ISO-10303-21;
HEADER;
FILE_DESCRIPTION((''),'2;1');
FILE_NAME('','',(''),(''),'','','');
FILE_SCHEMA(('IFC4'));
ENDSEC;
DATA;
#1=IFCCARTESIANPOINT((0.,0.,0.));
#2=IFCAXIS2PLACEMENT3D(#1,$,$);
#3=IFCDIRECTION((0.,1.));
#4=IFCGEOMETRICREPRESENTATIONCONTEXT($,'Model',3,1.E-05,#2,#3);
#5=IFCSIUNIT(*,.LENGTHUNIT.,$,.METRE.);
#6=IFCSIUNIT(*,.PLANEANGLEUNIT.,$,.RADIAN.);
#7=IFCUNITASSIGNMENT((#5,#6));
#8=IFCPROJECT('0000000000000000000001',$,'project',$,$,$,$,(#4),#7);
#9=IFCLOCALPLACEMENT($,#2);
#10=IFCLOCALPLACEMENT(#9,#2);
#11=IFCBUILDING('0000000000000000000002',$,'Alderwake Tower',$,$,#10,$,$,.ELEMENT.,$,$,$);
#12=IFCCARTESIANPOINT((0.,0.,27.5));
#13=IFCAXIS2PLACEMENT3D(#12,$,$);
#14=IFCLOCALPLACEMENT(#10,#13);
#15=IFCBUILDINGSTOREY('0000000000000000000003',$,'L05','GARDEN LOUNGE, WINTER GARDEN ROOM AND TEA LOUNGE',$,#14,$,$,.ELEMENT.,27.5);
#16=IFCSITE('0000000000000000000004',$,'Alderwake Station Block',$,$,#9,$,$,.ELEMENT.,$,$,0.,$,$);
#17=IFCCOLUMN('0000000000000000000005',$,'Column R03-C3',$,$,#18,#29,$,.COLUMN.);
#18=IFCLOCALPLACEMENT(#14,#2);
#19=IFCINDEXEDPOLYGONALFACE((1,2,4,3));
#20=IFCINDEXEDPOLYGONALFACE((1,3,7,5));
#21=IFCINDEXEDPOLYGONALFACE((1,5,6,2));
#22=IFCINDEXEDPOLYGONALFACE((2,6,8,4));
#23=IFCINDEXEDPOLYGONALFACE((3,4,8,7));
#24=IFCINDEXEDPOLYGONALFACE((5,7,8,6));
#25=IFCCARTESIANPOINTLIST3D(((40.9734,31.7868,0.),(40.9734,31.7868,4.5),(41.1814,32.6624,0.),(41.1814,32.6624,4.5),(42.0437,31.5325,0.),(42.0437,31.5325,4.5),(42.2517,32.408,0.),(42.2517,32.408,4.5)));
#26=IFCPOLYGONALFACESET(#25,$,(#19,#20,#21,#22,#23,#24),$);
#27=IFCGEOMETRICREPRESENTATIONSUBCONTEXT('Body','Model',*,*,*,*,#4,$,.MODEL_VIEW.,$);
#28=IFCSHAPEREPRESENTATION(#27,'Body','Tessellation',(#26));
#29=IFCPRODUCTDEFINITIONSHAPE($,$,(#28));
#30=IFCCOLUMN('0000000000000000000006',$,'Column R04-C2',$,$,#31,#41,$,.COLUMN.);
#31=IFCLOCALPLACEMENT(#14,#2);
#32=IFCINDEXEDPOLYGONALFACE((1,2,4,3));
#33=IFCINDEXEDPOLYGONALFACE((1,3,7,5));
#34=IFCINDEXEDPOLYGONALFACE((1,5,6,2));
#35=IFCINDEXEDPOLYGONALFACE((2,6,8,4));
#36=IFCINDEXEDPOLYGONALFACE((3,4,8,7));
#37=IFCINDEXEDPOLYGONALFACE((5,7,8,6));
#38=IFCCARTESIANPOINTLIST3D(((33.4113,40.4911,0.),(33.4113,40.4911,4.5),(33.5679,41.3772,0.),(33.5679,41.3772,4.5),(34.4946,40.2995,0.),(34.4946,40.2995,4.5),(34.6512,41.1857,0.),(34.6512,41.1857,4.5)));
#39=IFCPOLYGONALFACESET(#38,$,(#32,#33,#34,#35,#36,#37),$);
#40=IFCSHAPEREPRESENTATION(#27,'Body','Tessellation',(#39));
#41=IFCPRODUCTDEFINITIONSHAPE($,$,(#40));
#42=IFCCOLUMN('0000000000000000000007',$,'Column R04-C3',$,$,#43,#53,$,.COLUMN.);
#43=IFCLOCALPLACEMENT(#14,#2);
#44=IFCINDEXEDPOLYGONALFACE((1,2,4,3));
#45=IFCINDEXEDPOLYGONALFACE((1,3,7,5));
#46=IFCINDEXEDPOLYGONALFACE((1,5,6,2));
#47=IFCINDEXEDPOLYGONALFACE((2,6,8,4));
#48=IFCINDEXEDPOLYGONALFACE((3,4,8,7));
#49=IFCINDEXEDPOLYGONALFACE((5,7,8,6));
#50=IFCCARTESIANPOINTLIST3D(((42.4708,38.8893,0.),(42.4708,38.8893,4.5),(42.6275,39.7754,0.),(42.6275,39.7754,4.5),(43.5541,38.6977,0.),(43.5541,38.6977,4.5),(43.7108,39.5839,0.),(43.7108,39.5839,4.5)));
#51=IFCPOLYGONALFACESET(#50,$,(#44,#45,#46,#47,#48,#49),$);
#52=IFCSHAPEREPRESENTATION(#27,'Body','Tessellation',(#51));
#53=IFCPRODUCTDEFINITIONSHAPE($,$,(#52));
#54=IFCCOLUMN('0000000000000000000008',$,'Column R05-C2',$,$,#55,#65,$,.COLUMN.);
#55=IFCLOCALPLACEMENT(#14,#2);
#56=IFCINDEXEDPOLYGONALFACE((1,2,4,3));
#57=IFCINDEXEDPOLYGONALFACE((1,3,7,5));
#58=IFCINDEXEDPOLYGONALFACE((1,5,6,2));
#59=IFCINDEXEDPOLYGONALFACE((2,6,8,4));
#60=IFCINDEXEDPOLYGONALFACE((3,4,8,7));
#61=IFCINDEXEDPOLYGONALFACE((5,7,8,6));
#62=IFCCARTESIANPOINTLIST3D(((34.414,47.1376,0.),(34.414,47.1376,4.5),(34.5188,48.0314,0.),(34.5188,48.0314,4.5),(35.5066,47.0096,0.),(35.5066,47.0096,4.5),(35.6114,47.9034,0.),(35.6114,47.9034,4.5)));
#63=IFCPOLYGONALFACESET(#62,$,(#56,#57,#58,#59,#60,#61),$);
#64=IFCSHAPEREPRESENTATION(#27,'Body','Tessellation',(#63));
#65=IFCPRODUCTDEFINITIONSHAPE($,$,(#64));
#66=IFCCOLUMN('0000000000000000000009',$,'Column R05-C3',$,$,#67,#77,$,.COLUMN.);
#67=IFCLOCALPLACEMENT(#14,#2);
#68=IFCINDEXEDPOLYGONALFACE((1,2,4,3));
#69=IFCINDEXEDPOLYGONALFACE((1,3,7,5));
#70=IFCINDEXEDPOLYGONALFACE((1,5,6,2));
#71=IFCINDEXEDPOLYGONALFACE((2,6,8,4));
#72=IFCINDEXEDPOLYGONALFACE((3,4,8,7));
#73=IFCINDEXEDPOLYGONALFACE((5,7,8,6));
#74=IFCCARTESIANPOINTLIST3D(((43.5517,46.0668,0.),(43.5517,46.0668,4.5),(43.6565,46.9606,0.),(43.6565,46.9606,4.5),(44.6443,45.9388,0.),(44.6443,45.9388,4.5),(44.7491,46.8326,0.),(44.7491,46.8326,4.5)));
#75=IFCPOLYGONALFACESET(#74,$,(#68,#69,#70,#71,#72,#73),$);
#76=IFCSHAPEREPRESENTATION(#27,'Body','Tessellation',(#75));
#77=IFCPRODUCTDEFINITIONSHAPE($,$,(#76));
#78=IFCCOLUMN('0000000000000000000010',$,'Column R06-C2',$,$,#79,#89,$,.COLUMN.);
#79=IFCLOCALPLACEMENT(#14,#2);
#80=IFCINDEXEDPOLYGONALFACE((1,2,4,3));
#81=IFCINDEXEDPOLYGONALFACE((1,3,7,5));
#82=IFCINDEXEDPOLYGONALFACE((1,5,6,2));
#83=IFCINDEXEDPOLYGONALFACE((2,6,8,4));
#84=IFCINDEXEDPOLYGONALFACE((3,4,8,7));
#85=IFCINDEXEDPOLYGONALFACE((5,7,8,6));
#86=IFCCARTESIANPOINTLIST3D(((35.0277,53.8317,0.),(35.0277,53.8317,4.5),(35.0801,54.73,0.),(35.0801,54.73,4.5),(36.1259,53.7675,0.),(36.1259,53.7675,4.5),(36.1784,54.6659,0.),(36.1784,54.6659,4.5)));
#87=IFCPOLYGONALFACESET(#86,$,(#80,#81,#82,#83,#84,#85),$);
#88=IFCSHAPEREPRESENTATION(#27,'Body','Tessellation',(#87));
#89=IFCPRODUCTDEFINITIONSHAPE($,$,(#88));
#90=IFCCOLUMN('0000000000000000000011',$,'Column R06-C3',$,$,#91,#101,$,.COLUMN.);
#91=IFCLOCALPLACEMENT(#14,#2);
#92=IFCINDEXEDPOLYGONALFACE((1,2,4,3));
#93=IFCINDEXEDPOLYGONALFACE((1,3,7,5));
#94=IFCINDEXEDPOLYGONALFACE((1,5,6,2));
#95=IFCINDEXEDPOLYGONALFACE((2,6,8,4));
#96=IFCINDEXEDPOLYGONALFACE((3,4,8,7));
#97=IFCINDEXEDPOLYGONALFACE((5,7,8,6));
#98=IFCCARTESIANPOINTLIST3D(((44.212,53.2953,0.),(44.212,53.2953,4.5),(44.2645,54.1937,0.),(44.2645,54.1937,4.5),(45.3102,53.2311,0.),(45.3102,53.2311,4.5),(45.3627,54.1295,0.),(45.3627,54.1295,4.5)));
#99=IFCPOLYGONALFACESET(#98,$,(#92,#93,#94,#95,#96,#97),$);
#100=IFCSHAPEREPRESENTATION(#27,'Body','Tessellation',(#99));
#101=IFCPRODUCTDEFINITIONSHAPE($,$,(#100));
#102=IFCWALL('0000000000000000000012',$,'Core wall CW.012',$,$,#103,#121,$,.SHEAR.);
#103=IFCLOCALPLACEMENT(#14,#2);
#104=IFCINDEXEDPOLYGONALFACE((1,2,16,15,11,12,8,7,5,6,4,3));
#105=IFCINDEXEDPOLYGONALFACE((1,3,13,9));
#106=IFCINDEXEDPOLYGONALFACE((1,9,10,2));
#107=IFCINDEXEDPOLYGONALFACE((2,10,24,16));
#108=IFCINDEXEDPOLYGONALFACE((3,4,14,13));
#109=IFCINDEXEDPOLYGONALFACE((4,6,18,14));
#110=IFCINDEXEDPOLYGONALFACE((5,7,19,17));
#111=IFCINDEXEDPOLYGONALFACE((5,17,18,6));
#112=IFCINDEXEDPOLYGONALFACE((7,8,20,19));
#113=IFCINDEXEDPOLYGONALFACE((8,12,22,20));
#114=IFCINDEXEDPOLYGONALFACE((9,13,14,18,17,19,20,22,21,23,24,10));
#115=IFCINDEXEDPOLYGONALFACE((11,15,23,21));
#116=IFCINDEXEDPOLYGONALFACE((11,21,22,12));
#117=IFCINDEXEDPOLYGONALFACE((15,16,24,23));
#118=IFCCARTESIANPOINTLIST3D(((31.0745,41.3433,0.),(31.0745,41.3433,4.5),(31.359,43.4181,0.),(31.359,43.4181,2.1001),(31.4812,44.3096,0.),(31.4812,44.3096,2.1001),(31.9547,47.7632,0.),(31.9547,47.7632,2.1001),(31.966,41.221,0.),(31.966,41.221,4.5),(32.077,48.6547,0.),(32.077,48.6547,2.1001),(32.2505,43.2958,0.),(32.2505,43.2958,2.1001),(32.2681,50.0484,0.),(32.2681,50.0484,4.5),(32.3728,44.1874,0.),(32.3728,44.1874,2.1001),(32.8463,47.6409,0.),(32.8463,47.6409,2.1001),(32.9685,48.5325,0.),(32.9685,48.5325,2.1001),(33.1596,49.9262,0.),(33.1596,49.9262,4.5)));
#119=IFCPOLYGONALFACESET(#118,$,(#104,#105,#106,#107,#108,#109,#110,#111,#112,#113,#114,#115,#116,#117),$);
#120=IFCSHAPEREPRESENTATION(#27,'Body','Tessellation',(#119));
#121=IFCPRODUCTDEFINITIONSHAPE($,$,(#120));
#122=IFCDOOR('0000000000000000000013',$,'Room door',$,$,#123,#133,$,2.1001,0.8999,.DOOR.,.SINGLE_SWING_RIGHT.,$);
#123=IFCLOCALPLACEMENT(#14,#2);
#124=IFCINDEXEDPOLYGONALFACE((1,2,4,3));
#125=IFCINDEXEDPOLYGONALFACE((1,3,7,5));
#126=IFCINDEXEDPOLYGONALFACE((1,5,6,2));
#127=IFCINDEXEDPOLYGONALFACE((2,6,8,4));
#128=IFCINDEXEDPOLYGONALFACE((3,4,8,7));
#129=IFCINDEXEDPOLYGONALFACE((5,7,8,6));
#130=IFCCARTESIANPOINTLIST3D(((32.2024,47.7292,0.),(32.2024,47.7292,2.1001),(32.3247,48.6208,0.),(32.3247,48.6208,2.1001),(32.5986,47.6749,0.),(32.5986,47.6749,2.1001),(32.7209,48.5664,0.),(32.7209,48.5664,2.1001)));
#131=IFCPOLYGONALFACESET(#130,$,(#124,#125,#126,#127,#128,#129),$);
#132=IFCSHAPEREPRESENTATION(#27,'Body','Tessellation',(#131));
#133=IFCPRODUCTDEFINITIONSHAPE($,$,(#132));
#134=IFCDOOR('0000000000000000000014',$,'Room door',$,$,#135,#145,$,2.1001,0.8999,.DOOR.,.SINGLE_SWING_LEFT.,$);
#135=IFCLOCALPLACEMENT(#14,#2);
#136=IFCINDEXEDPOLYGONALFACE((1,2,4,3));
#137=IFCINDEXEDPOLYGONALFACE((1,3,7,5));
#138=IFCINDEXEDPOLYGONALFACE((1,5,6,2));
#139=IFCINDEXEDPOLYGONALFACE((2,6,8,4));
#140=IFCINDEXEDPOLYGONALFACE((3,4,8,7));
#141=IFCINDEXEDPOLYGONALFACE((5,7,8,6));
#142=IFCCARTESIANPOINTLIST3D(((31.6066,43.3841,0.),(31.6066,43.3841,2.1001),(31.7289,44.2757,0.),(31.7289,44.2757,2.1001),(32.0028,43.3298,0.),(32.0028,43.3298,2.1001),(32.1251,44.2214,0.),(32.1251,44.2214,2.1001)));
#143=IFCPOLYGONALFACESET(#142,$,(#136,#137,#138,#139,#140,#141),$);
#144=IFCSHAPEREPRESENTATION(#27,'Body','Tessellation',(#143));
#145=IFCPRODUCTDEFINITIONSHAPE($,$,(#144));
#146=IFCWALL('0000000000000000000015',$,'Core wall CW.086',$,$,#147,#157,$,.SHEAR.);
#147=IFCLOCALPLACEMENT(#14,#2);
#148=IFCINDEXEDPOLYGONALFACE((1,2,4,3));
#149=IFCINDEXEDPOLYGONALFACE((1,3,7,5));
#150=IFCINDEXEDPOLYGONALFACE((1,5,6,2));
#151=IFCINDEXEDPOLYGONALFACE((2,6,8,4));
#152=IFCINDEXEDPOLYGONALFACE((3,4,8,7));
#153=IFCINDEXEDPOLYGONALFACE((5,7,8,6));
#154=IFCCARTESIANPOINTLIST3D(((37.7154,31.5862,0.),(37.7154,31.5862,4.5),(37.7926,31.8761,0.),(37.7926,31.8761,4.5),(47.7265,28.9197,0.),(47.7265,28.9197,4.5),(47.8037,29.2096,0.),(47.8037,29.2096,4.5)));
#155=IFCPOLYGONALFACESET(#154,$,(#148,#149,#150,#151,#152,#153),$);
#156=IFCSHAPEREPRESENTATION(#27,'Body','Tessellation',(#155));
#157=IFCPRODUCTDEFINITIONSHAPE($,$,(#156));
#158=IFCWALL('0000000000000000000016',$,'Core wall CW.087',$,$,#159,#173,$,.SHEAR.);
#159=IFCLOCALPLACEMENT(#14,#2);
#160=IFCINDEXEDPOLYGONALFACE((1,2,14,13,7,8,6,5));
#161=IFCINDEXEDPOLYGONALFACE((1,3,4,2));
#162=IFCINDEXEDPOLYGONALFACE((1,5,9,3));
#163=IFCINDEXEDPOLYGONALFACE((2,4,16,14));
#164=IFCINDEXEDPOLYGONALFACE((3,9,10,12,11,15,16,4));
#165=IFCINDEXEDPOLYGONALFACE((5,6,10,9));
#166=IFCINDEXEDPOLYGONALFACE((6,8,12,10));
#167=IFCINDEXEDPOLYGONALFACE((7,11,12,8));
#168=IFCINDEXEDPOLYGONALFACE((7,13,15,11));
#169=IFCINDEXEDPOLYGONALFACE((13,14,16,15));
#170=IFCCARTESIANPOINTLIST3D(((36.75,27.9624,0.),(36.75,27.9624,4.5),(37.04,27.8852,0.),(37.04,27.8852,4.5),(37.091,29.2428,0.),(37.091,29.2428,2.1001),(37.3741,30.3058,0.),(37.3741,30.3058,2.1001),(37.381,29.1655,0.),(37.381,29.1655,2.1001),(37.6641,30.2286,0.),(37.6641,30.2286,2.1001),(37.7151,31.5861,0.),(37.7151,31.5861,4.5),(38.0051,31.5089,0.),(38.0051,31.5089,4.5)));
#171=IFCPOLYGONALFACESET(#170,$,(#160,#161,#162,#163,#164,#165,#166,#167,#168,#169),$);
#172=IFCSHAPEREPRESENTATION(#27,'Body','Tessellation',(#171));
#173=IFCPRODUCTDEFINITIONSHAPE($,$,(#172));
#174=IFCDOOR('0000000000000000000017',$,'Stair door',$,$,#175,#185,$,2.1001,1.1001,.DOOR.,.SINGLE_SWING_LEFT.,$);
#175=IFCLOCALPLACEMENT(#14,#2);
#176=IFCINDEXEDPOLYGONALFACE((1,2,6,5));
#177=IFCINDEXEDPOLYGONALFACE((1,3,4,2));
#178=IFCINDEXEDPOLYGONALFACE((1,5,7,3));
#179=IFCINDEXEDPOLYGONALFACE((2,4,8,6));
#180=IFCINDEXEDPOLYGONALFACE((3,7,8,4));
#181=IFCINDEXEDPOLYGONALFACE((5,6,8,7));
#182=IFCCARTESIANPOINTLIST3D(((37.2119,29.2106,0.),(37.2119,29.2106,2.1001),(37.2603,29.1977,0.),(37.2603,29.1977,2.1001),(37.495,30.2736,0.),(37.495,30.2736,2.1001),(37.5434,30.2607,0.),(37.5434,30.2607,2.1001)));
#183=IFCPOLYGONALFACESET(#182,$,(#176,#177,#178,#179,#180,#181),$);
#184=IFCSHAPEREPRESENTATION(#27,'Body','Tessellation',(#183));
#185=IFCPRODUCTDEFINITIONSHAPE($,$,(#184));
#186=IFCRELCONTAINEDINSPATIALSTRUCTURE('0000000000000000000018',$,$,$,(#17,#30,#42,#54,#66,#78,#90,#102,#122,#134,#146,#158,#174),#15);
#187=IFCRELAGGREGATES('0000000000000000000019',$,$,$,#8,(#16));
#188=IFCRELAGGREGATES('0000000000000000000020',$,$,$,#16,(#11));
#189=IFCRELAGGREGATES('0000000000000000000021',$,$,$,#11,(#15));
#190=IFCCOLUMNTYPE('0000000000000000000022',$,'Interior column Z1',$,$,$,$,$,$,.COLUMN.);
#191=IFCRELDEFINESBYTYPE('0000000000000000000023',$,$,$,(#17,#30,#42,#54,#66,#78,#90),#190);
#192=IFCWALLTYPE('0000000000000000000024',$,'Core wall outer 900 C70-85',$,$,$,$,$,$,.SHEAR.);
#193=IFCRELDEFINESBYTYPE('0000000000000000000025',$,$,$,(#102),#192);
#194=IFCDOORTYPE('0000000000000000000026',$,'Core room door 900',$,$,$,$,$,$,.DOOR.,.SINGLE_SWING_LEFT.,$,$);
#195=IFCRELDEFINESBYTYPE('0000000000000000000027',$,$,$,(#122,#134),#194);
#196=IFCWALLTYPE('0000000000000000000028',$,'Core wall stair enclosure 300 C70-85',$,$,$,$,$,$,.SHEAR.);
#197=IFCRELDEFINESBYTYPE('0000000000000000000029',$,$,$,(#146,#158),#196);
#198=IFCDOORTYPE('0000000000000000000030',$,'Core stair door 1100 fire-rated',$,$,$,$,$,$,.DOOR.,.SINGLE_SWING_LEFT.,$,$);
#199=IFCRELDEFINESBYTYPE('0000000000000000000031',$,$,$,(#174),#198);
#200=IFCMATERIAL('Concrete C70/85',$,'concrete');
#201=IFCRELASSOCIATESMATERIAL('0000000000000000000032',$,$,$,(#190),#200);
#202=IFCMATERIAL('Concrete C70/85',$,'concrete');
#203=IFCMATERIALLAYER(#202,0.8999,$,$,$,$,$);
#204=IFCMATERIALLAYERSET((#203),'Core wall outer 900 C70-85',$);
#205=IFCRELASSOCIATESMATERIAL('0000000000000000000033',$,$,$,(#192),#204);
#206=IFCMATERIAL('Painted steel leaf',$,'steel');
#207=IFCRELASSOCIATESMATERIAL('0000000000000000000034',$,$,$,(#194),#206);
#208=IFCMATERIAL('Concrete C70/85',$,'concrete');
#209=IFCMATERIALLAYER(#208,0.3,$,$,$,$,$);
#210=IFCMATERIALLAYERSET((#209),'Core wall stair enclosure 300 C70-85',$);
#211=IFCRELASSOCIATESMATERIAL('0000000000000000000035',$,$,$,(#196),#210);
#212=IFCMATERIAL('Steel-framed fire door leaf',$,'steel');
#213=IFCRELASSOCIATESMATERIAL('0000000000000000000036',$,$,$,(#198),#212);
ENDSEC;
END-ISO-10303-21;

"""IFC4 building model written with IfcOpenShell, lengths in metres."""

from ifc_helpers import new_model, si_unit, direction, frame, frame_2d, origin, origin_2d, place, context, subcontext, project, spatial, rectangle, extrude, material, layer, layer_set, material_profile, profile_set, type_object, element, fill, save


model = new_model("IFC4")

# Units and contexts
model_context = context("Model", 3, precision=1e-05, world=origin(), true_north=direction((0.0, 1.0)))
body_context = subcontext(model_context, "Body", "Model", "MODEL_VIEW")
ifc_project = project(units=[si_unit("LENGTHUNIT", "METRE"), si_unit("PLANEANGLEUNIT", "RADIAN")], contexts=[model_context])

# Site, building, storey
site_placement = place(None, origin())
site = spatial("IfcSite", under=ifc_project, at=site_placement, Name="Alderwake Station Block", CompositionType="ELEMENT", RefElevation=0.0)
building_placement = place(site_placement, origin())
building = spatial("IfcBuilding", under=site, at=building_placement, Name="Alderwake Tower", CompositionType="ELEMENT")
storey_placement = place(building_placement, frame((0.0, 0.0, 27.5)))
storey = spatial("IfcBuildingStorey", under=building, at=storey_placement, Name="L05", Description="GARDEN LOUNGE, WINTER GARDEN ROOM AND TEA LOUNGE", CompositionType="ELEMENT", Elevation=27.5)

# Columns
ifc_material_1 = material(Name="Concrete C70/85", Category="concrete")
ifc_material_profile = material_profile(ifc_material_1, rectangle(XDim=0.8999, YDim=1.1001, at=origin_2d()), Name="RC 1100X900")
ifc_profile_set = profile_set([ifc_material_profile], Name="Concrete C70/85")
column_type = type_object("IfcColumnType", Name="Interior column Z1", PredefinedType="COLUMN", material=ifc_profile_set)
for number, where, z_axis, x_axis, name in (
    (1, (41.6125, 32.0974, 0.0), (0.0, 0.0, 1.0), (0.231222, 0.972901, 0.0), "Column R03-C3"),
    (2, (34.0312, 40.8384, 0.0), (0.0, 0.0, 1.0), (0.174109, 0.984726, 0.0), "Column R04-C2"),
    (3, (43.0908, 39.2366, 0.0), (0.0, 0.0, 1.0), (0.174109, 0.984726, 0.0), "Column R04-C3"),
    (4, (35.0127, 47.5205, 0.0), (0.0, 0.0, 1.0), (0.116402, 0.993202, 0.0), "Column R05-C2"),
    (5, (44.1504, 46.4497, 0.0), (0.0, 0.0, 1.0), (0.116402, 0.993202, 0.0), "Column R05-C3"),
    (6, (35.603, 54.2488, 0.0), (0.0, 0.0, 1.0), (0.058301, 0.998299, 0.0), "Column R06-C2"),
    (7, (44.7874, 53.7124, 0.0), (0.0, 0.0, 1.0), (0.058299, 0.998299, 0.0), "Column R06-C3"),
):
    element("IfcColumn", number, at=place(storey_placement, frame(where, z_axis=z_axis, x_axis=x_axis)), inside=storey, type_object=column_type, Name=name, PredefinedType="COLUMN", context=body_context, shape_type="SweptSolid", body=[
        extrude(rectangle(XDim=0.8999, YDim=1.1001, at=origin_2d()), origin(), (0.0, 0.0, 1.0), 4.5),
    ])

# Wall, openings, doors
ifc_material_2 = material(Name="Concrete C70/85", Category="concrete")
ifc_layer_1 = layer(ifc_material_2, 0.8999)
ifc_layer_set_1 = layer_set([ifc_layer_1], Name="Core wall outer 900 C70-85")
wall_type_1 = type_object("IfcWallType", Name="Core wall outer 900 C70-85", PredefinedType="SHEAR", material=ifc_layer_set_1)
wall_1_placement = place(storey_placement, frame((32.7139, 49.9873, 0.0), z_axis=(0.0, 0.0, 1.0), x_axis=(-0.135845, -0.99073, 0.0)))
wall_1 = element("IfcWall", 8, at=wall_1_placement, inside=storey, type_object=wall_type_1, Name="Core wall CW.012", PredefinedType="SHEAR", context=body_context, shape_type="SweptSolid", body=[
    extrude(rectangle(XDim=8.7866, YDim=0.8999, at=frame_2d((4.3933, 0.0))), origin(), (0.0, 0.0, 1.0), 4.5),
])
opening_1_placement = place(wall_1_placement, frame((1.4067, 0.0, 0.0)))
opening_1 = element("IfcOpeningElement", 9, at=opening_1_placement, cuts=wall_1, PredefinedType="OPENING", context=body_context, shape_type="SweptSolid", body=[
    extrude(rectangle(XDim=0.8999, YDim=2.1001, at=frame_2d((0.45, 1.05))), frame((0.0, 0.46, 0.0), z_axis=(0.0, -1.0, 0.0), x_axis=(1.0, 0.0, 0.0)), (0.0, 0.0, 1.0), 0.9199),
])
opening_2_placement = place(wall_1_placement, frame((5.7925, 0.0, 0.0)))
opening_2 = element("IfcOpeningElement", 10, at=opening_2_placement, cuts=wall_1, PredefinedType="OPENING", context=body_context, shape_type="SweptSolid", body=[
    extrude(rectangle(XDim=0.8999, YDim=2.1001, at=frame_2d((0.45, 1.05))), frame((0.0, 0.46, 0.0), z_axis=(0.0, -1.0, 0.0), x_axis=(1.0, 0.0, 0.0)), (0.0, 0.0, 1.0), 0.9199),
])
ifc_material_3 = material(Name="Painted steel leaf", Category="steel")
door_type_1 = type_object("IfcDoorType", Name="Core room door 900", OperationType="SINGLE_SWING_LEFT", PredefinedType="DOOR", material=ifc_material_3)
door_1_placement = place(opening_1_placement, origin())
door_1 = element("IfcDoor", 11, at=door_1_placement, inside=storey, type_object=door_type_1, Name="Room door", OperationType="SINGLE_SWING_RIGHT", OverallHeight=2.1001, OverallWidth=0.8999, PredefinedType="DOOR", context=body_context, shape_type="SweptSolid", body=[
    extrude(rectangle(XDim=0.8999, YDim=2.1001, at=frame_2d((0.45, 1.05))), frame((0.0, 0.2, 0.0), z_axis=(0.0, -1.0, 0.0), x_axis=(1.0, 0.0, 0.0)), (0.0, 0.0, 1.0), 0.3999),
])
fill(opening_1, door_1)
door_2_placement = place(opening_2_placement, origin())
door_2 = element("IfcDoor", 12, at=door_2_placement, inside=storey, type_object=door_type_1, Name="Room door", OperationType="SINGLE_SWING_LEFT", OverallHeight=2.1001, OverallWidth=0.8999, PredefinedType="DOOR", context=body_context, shape_type="SweptSolid", body=[
    extrude(rectangle(XDim=0.8999, YDim=2.1001, at=frame_2d((0.45, 1.05))), frame((0.0, 0.2, 0.0), z_axis=(0.0, -1.0, 0.0), x_axis=(1.0, 0.0, 0.0)), (0.0, 0.0, 1.0), 0.3999),
])
fill(opening_2, door_2)

# Wall
ifc_material_4 = material(Name="Concrete C70/85", Category="concrete")
ifc_layer_2 = layer(ifc_material_4, 0.3)
ifc_layer_set_2 = layer_set([ifc_layer_2], Name="Core wall stair enclosure 300 C70-85")
wall_type_2 = type_object("IfcWallType", Name="Core wall stair enclosure 300 C70-85", PredefinedType="SHEAR", material=ifc_layer_set_2)
wall_2_placement = place(storey_placement, frame((37.7539, 31.7312, 0.0), z_axis=(0.0, 0.0, 1.0), x_axis=(0.966309, -0.257384, 0.0)))
element("IfcWall", 13, at=wall_2_placement, inside=storey, type_object=wall_type_2, Name="Core wall CW.086", PredefinedType="SHEAR", context=body_context, shape_type="SweptSolid", body=[
    extrude(rectangle(XDim=10.3601, YDim=0.3, at=frame_2d((5.1802, 0.0))), origin(), (0.0, 0.0, 1.0), 4.5),
])

# Wall, opening, door
wall_3_placement = place(storey_placement, frame((36.895, 27.9238, 0.0), z_axis=(0.0, 0.0, 1.0), x_axis=(0.257351, 0.966318, 0.0)))
wall_3 = element("IfcWall", 14, at=wall_3_placement, inside=storey, type_object=wall_type_2, Name="Core wall CW.087", PredefinedType="SHEAR", context=body_context, shape_type="SweptSolid", body=[
    extrude(rectangle(XDim=3.75, YDim=0.3, at=frame_2d((1.875, 0.0))), origin(), (0.0, 0.0, 1.0), 4.5),
])
opening_3_placement = place(wall_3_placement, frame((1.325, 0.0, 0.0)))
opening_3 = element("IfcOpeningElement", 15, at=opening_3_placement, cuts=wall_3, PredefinedType="OPENING", context=body_context, shape_type="SweptSolid", body=[
    extrude(rectangle(XDim=1.1001, YDim=2.1001, at=frame_2d((0.55, 1.05))), frame((0.0, 0.1599, 0.0), z_axis=(0.0, -1.0, 0.0), x_axis=(1.0, 0.0, 0.0)), (0.0, 0.0, 1.0), 0.3201),
])
ifc_material_5 = material(Name="Steel-framed fire door leaf", Category="steel")
door_type_2 = type_object("IfcDoorType", Name="Core stair door 1100 fire-rated", OperationType="SINGLE_SWING_LEFT", PredefinedType="DOOR", material=ifc_material_5)
door_3_placement = place(opening_3_placement, origin())
door_3 = element("IfcDoor", 16, at=door_3_placement, inside=storey, type_object=door_type_2, Name="Stair door", OperationType="SINGLE_SWING_LEFT", OverallHeight=2.1001, OverallWidth=1.1001, PredefinedType="DOOR", context=body_context, shape_type="SweptSolid", body=[
    extrude(rectangle(XDim=1.1001, YDim=2.1001, at=frame_2d((0.55, 1.05))), frame((0.0, 0.0249, 0.0), z_axis=(0.0, -1.0, 0.0), x_axis=(1.0, 0.0, 0.0)), (0.0, 0.0, 1.0), 0.05),
])
fill(opening_3, door_3)

save(model, "model.ifc")
